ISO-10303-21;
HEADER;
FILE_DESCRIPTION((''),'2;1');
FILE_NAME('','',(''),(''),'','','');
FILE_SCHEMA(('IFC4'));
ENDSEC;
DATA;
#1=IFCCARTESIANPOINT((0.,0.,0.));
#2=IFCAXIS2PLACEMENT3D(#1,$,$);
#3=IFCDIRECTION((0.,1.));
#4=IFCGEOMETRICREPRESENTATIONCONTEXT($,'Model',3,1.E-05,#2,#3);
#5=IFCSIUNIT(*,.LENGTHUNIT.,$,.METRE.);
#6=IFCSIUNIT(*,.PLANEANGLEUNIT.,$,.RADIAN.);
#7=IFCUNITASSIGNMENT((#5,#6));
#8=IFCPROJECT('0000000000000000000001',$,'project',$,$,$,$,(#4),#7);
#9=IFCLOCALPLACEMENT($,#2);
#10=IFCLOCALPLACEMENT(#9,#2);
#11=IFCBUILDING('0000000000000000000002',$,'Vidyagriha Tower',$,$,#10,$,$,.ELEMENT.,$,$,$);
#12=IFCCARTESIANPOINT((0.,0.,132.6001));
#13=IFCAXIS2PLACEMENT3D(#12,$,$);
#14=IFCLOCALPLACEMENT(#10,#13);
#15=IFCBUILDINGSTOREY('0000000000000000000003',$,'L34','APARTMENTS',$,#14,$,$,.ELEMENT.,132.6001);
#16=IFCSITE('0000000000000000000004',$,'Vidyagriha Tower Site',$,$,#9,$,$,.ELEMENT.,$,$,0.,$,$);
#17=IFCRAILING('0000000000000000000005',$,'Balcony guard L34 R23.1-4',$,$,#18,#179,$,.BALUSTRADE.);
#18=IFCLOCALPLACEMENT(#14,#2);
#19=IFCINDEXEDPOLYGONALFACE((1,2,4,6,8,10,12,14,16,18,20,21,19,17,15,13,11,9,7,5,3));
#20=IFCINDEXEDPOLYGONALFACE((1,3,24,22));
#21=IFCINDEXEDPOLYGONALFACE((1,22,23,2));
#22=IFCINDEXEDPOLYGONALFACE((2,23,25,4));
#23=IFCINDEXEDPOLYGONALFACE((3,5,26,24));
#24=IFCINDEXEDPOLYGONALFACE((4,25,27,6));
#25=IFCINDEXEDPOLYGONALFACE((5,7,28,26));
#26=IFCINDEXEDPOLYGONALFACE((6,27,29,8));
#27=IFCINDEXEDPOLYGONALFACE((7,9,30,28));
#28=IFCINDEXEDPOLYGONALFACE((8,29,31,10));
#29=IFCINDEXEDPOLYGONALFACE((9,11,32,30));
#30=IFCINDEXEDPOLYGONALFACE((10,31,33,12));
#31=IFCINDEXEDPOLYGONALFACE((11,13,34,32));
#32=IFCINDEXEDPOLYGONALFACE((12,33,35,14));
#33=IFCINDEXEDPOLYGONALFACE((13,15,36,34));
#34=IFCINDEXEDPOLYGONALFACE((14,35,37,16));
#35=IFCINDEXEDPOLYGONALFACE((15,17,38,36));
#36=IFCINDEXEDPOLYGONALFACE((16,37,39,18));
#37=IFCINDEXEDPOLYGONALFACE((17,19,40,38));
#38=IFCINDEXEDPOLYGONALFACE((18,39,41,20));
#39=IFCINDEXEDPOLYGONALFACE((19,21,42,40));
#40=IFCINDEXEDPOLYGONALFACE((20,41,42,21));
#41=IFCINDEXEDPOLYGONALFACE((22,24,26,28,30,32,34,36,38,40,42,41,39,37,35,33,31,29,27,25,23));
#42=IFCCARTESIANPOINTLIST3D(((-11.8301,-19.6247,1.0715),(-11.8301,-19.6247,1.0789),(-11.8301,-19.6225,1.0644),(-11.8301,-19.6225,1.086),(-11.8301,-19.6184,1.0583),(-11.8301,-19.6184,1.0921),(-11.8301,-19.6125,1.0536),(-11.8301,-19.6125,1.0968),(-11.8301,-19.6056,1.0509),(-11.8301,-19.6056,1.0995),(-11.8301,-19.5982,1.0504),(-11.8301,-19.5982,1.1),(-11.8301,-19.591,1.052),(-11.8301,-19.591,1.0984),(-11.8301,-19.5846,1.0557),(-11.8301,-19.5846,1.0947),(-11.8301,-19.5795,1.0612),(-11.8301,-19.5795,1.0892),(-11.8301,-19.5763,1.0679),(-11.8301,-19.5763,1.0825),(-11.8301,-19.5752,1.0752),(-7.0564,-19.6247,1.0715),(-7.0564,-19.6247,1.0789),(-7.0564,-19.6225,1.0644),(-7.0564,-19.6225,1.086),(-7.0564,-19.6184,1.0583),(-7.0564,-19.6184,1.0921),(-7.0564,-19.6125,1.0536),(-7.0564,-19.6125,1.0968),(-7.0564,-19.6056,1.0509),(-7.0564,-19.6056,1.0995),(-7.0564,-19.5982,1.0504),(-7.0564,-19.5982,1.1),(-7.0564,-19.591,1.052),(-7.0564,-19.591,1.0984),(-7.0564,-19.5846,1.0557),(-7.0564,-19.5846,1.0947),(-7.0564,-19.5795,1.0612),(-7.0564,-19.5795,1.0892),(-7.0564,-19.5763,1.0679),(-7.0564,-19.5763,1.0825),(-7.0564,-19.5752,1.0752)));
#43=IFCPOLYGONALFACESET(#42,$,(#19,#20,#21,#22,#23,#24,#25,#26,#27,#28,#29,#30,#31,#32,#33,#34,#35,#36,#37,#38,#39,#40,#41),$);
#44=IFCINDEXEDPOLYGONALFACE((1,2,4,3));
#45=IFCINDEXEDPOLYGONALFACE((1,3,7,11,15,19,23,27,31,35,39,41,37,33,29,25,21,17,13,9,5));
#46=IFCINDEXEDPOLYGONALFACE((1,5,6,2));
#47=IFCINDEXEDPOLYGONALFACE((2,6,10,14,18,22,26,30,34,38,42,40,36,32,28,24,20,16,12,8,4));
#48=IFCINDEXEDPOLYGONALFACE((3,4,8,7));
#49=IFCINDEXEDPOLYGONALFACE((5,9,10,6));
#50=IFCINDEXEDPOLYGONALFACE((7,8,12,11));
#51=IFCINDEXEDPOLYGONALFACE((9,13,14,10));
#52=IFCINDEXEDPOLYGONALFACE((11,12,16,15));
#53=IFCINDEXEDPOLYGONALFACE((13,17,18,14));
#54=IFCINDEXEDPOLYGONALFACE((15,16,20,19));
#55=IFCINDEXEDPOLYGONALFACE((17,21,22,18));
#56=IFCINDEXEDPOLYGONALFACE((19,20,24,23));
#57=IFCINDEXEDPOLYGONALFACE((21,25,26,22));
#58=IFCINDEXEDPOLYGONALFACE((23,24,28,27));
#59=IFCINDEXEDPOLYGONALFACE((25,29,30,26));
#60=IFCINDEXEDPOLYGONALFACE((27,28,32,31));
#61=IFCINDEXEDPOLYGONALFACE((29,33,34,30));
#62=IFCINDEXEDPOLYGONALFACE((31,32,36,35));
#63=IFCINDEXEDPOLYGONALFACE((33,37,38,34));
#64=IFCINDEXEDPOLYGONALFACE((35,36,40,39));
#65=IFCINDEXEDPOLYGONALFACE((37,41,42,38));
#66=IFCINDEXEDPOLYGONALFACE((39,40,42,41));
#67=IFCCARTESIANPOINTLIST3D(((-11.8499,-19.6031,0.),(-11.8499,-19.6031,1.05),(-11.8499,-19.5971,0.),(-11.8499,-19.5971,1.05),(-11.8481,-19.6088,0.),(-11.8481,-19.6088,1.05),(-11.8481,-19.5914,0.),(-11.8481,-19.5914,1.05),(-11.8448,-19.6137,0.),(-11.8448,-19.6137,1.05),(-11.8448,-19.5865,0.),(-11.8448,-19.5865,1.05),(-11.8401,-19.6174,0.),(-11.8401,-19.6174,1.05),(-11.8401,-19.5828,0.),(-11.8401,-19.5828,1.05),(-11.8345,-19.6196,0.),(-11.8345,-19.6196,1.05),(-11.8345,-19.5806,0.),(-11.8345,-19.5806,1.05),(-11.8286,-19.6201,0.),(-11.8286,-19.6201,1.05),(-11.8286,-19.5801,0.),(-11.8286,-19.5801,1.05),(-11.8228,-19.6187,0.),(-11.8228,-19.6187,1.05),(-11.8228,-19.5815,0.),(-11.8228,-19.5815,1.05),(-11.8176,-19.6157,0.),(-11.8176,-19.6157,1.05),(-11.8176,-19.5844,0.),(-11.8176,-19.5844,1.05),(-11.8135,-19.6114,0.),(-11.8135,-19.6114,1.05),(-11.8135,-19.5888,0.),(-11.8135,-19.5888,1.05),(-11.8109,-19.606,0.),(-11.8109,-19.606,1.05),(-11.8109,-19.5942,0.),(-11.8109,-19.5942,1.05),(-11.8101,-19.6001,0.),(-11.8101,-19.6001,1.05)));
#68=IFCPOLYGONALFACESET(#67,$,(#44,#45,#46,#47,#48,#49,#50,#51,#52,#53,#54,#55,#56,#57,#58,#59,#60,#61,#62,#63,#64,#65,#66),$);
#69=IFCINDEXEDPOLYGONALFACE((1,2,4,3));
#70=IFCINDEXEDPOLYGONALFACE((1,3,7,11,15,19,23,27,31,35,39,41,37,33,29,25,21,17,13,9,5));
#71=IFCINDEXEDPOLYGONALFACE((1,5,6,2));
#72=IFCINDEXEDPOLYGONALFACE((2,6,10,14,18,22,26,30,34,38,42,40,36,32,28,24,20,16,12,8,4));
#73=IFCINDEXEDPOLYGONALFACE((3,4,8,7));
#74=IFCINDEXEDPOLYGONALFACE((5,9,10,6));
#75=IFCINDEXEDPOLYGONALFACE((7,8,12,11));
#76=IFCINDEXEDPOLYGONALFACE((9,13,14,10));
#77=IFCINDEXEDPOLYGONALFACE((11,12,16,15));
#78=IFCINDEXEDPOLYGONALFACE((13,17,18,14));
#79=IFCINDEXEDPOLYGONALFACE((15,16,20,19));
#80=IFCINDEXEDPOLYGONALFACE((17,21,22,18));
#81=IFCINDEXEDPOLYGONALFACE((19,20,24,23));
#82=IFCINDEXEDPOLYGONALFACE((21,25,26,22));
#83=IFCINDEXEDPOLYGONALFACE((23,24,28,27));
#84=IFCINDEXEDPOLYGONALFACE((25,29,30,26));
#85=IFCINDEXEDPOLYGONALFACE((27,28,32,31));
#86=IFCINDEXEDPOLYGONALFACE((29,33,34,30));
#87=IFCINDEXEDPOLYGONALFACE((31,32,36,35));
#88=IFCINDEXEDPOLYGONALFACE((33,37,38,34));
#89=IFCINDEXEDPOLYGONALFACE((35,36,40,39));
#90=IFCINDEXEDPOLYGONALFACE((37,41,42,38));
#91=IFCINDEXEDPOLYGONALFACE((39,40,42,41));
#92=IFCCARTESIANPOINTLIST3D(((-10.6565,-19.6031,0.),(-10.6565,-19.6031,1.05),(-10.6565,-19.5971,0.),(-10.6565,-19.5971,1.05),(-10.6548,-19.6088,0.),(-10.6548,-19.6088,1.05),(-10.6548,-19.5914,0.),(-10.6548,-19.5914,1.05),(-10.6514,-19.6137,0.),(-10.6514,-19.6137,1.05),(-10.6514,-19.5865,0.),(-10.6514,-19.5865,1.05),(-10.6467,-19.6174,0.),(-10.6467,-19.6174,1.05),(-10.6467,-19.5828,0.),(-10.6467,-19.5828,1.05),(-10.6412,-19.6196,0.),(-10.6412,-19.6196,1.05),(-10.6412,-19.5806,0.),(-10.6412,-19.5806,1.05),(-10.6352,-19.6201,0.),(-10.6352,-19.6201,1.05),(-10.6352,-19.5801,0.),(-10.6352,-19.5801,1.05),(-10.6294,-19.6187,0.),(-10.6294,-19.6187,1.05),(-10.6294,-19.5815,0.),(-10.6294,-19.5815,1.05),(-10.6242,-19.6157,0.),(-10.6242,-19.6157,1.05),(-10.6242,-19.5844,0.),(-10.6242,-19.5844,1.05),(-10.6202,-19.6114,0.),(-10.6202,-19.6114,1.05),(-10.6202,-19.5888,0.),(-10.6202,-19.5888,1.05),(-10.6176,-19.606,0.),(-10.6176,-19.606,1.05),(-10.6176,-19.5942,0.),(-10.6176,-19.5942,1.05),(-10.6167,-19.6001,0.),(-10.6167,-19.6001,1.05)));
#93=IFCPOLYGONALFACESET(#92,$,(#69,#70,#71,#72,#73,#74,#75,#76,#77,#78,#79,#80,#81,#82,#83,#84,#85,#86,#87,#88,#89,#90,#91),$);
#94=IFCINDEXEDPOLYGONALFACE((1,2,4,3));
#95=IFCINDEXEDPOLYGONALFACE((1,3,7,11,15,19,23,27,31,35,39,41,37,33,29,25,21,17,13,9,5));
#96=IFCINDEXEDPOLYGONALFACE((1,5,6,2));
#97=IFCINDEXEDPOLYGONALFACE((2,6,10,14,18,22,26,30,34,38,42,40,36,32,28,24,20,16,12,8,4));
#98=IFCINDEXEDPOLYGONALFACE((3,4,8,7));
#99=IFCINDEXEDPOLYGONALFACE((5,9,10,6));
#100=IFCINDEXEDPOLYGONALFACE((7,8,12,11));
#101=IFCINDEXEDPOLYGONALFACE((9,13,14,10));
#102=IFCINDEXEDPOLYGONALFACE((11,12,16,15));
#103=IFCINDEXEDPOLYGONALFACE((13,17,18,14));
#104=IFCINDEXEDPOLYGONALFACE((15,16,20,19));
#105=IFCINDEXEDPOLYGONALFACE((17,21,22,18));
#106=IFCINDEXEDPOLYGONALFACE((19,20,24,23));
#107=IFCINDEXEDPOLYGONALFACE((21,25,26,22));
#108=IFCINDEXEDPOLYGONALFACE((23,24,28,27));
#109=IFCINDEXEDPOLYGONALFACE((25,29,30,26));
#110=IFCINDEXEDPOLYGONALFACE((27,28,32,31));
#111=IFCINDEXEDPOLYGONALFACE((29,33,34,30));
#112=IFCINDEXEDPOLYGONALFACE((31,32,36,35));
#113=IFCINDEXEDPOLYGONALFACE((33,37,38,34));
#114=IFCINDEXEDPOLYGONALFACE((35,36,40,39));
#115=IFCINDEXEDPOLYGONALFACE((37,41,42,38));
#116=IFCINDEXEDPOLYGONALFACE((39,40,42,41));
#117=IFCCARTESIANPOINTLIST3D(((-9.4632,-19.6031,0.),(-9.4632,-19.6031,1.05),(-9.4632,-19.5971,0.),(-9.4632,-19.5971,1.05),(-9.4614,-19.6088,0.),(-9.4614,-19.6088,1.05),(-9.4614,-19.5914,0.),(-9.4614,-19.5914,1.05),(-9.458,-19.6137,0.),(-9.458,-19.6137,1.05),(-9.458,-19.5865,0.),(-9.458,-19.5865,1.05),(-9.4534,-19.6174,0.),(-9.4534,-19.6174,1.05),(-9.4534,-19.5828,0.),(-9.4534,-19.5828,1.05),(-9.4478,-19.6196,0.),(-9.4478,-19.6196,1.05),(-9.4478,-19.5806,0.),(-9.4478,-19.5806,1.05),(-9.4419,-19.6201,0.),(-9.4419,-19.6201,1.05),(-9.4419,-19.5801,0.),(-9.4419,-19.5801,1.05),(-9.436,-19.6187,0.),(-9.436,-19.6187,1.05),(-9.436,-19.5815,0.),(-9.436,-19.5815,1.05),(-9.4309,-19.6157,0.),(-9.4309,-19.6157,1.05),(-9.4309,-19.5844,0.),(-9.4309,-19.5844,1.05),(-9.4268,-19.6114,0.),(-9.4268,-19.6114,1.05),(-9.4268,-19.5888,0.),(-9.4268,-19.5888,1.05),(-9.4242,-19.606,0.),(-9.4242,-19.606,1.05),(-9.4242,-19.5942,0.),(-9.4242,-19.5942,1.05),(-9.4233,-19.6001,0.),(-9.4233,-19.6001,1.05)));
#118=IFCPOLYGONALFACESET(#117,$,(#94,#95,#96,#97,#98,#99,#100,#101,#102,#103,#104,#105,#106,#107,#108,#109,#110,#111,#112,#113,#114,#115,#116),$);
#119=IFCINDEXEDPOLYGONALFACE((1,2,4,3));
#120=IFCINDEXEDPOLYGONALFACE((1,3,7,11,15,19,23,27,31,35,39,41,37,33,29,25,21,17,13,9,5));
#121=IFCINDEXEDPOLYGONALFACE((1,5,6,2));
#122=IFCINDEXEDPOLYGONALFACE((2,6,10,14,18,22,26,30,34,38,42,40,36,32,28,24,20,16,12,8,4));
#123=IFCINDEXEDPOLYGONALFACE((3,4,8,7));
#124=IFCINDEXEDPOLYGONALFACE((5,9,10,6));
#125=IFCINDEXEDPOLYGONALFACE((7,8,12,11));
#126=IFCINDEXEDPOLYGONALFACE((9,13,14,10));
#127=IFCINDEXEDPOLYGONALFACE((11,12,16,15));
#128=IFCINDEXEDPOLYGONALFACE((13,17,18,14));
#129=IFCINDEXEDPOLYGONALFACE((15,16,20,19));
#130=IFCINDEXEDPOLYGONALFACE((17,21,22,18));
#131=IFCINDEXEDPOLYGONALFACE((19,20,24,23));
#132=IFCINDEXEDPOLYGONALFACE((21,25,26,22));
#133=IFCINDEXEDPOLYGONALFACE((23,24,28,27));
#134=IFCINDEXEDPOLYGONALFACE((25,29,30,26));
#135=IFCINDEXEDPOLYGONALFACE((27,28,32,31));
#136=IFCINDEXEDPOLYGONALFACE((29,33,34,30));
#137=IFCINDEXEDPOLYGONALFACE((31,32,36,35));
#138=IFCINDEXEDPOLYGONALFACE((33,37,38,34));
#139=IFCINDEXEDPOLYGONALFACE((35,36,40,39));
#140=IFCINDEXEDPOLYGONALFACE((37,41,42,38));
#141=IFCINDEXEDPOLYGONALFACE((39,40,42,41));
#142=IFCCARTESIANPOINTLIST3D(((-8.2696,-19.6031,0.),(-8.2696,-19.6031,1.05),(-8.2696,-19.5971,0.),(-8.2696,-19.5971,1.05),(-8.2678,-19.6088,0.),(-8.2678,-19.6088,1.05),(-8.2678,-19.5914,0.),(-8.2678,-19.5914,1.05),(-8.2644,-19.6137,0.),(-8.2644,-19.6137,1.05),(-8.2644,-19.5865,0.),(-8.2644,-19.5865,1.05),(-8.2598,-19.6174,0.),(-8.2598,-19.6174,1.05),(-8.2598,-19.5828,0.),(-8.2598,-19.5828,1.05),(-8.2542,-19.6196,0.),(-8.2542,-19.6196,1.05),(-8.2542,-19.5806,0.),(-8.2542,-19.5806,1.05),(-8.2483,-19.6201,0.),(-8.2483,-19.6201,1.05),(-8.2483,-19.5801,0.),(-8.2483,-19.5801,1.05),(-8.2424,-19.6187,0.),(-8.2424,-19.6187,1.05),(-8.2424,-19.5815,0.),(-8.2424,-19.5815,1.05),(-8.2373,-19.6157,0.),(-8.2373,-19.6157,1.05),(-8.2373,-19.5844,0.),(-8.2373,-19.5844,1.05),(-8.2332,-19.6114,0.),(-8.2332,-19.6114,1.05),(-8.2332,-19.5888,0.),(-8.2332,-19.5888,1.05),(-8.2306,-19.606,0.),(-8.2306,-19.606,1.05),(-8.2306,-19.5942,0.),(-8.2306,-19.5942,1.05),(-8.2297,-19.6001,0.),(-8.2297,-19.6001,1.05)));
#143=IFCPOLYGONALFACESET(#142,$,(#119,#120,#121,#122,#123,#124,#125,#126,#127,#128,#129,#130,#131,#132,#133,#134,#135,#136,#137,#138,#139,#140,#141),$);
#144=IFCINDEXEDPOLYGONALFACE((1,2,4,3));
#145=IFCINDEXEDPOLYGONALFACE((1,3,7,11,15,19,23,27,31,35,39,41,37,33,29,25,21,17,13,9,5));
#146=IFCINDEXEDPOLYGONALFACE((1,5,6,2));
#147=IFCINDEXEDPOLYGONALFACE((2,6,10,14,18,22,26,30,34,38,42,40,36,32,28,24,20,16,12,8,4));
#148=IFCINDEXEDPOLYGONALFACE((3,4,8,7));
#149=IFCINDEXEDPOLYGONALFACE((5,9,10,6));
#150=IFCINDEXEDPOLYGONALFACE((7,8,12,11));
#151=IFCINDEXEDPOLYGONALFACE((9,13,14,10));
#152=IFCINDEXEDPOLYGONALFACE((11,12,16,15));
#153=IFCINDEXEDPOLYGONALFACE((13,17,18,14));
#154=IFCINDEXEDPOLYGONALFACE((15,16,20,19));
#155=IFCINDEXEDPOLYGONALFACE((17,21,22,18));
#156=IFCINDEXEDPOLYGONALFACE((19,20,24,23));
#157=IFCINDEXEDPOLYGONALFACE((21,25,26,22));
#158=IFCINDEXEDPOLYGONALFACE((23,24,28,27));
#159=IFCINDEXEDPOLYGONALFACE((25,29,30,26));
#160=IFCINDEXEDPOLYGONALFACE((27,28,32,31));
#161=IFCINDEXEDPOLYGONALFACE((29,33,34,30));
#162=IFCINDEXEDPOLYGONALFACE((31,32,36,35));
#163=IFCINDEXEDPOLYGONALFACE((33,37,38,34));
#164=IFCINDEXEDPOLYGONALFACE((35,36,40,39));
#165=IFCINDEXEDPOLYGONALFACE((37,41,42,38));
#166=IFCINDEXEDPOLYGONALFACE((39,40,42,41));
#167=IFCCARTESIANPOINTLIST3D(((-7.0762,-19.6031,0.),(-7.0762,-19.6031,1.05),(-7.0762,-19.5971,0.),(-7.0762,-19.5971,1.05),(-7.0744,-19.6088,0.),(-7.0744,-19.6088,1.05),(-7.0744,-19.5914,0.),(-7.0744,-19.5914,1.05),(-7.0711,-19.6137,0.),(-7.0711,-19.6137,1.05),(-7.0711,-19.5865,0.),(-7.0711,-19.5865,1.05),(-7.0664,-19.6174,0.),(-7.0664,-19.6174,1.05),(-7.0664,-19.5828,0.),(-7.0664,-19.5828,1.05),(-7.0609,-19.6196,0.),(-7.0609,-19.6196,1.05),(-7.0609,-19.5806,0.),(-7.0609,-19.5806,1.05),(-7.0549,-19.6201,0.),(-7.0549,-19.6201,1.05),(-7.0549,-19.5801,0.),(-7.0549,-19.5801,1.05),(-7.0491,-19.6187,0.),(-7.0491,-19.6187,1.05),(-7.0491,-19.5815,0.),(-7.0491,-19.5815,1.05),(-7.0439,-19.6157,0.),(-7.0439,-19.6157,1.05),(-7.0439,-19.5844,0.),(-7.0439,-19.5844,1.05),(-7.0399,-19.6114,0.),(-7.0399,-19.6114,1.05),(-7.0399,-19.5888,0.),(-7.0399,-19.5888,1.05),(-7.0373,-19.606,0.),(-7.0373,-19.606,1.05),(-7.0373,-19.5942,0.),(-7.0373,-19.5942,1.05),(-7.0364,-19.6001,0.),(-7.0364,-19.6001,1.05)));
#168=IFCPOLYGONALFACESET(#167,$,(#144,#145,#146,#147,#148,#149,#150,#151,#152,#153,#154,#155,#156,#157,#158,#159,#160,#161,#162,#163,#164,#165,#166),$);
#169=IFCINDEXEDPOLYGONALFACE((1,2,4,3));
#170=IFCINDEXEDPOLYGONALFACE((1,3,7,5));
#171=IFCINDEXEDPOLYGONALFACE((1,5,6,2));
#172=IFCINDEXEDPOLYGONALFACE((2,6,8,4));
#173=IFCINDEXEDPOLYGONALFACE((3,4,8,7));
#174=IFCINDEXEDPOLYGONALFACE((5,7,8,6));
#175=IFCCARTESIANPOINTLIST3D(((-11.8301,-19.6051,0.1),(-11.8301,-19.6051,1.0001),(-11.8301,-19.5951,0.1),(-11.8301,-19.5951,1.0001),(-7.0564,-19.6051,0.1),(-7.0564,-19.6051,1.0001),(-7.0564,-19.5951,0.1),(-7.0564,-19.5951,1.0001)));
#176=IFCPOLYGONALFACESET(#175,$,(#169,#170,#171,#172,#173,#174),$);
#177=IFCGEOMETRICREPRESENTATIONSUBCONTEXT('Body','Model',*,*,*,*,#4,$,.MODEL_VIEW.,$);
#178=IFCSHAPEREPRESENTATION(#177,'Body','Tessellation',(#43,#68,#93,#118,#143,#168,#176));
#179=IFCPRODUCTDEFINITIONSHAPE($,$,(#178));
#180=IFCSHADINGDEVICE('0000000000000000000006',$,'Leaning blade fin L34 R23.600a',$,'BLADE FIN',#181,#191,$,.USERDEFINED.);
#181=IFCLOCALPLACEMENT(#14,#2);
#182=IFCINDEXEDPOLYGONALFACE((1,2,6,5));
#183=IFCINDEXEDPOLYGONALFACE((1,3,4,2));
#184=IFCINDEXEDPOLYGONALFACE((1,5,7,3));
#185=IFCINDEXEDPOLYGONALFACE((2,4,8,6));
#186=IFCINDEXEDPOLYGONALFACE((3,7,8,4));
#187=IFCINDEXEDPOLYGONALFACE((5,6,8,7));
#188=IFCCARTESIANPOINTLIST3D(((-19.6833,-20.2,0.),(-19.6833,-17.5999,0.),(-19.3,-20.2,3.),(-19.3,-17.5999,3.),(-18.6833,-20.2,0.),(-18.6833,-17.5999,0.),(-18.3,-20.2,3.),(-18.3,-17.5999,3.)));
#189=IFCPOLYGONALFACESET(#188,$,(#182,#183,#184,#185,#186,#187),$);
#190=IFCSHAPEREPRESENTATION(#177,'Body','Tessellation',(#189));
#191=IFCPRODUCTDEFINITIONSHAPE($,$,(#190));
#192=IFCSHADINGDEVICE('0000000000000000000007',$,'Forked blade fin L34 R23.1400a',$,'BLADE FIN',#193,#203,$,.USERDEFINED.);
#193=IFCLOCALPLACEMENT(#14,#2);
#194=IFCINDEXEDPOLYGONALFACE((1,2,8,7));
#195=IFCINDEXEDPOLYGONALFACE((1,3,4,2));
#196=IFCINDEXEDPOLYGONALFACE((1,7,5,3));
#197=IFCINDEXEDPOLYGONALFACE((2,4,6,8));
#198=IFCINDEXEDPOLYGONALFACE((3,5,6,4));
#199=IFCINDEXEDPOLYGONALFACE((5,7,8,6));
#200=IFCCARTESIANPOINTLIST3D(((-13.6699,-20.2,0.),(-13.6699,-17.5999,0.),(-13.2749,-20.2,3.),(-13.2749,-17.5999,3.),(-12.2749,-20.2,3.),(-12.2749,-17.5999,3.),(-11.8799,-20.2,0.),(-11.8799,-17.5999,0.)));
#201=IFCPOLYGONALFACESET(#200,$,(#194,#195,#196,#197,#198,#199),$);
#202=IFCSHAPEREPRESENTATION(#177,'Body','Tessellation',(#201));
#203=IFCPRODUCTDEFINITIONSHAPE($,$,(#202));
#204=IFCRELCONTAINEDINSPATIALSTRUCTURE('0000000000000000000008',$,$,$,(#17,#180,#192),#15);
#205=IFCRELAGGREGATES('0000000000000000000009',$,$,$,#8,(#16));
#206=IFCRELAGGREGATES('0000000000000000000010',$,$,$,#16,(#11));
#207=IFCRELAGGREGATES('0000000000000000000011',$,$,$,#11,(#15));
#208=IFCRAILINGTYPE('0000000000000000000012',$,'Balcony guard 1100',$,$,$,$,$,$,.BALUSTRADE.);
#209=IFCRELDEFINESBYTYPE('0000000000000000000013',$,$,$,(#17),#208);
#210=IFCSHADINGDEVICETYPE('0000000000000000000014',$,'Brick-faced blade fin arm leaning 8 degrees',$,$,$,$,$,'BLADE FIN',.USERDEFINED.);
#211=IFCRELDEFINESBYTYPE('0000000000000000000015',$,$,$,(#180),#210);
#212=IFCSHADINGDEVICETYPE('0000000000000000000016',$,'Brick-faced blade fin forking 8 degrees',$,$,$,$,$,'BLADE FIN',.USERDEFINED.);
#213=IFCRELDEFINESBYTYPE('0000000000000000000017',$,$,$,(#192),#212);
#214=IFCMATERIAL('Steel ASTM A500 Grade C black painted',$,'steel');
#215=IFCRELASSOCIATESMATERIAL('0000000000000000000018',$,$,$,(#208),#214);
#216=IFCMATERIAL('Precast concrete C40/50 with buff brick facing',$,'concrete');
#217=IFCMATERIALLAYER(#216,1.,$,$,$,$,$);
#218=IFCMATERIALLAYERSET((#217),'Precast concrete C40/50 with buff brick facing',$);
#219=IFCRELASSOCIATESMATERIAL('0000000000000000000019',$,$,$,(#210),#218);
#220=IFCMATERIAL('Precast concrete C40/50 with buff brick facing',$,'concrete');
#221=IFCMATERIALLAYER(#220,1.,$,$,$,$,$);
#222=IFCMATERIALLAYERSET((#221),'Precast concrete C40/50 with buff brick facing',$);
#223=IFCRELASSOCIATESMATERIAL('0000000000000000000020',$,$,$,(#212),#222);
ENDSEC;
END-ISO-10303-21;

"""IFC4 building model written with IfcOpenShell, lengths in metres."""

from ifc_helpers import new_model, si_unit, direction, frame, origin, origin_2d, place, context, subcontext, project, spatial, polyline, rectangle, circle, outline, extrude, material, layer, layer_set, type_object, element, save


model = new_model("IFC4")

# Units and contexts
model_context = context("Model", 3, precision=1e-05, world=origin(), true_north=direction((0.0, 1.0)))
body_context = subcontext(model_context, "Body", "Model", "MODEL_VIEW")
ifc_project = project(units=[si_unit("LENGTHUNIT", "METRE"), si_unit("PLANEANGLEUNIT", "RADIAN")], contexts=[model_context])

# Site, building, storey
site_placement = place(None, origin())
site = spatial("IfcSite", under=ifc_project, at=site_placement, Name="Vidyagriha Tower Site", CompositionType="ELEMENT", RefElevation=0.0)
building_placement = place(site_placement, origin())
building = spatial("IfcBuilding", under=site, at=building_placement, Name="Vidyagriha Tower", CompositionType="ELEMENT")
storey_placement = place(building_placement, frame((0.0, 0.0, 132.6001)))
storey = spatial("IfcBuildingStorey", under=building, at=storey_placement, Name="L34", Description="APARTMENTS", CompositionType="ELEMENT", Elevation=132.6001)

# Railing
ifc_material_1 = material(Name="Steel ASTM A500 Grade C black painted", Category="steel")
railing_type = type_object("IfcRailingType", Name="Balcony guard 1100", PredefinedType="BALUSTRADE", material=ifc_material_1)
railing_1_placement = place(storey_placement, frame((-11.8301, -19.6001, 0.0)))
element("IfcRailing", 1, at=railing_1_placement, inside=storey, type_object=railing_type, Name="Balcony guard L34 R23.1-4", PredefinedType="BALUSTRADE", context=body_context, shape_type="SweptSolid", body=[
    extrude(circle(Radius=0.0249, at=origin_2d()), frame((0.0, 0.0, 1.0752), z_axis=(1.0, 0.0, 0.0), x_axis=(0.0, 1.0, 0.0)), (0.0, 0.0, 1.0), 4.7737),
    extrude(circle(Radius=0.02, at=origin_2d()), origin(), (0.0, 0.0, 1.0), 1.05),
    extrude(circle(Radius=0.02, at=origin_2d()), frame((1.1934, 0.0, 0.0)), (0.0, 0.0, 1.0), 1.05),
    extrude(circle(Radius=0.02, at=origin_2d()), frame((2.3867, 0.0, 0.0)), (0.0, 0.0, 1.0), 1.05),
    extrude(circle(Radius=0.02, at=origin_2d()), frame((3.5803, 0.0, 0.0)), (0.0, 0.0, 1.0), 1.05),
    extrude(circle(Radius=0.02, at=origin_2d()), frame((4.7737, 0.0, 0.0)), (0.0, 0.0, 1.0), 1.05),
    extrude(rectangle(XDim=0.01, YDim=0.9001, at=origin_2d()), frame((0.0, 0.0, 0.55), z_axis=(1.0, 0.0, 0.0), x_axis=(0.0, 1.0, 0.0)), (0.0, 0.0, 1.0), 4.7737),
])

# Shading devices
ifc_material_2 = material(Name="Precast concrete C40/50 with buff brick facing", Category="concrete")
ifc_layer_1 = layer(ifc_material_2, 1.0)
ifc_layer_set_1 = layer_set([ifc_layer_1], Name="Precast concrete C40/50 with buff brick facing")
shading_device_type_1 = type_object("IfcShadingDeviceType", Name="Brick-faced blade fin arm leaning 8 degrees", ElementType="BLADE FIN", PredefinedType="USERDEFINED", material=ifc_layer_set_1)
shading_device_1_placement = place(storey_placement, frame((-19.6833, -18.8999, 0.0)))
element("IfcShadingDevice", 2, at=shading_device_1_placement, inside=storey, type_object=shading_device_type_1, Name="Leaning blade fin L34 R23.600a", ObjectType="BLADE FIN", PredefinedType="USERDEFINED", context=body_context, shape_type="SweptSolid", body=[
    extrude(outline(polyline([(0.0, 0.0), (1.0, 0.0), (1.3833, 3.0), (0.3833, 3.0), (0.0, 0.0)])), frame((0.0, 1.3, 0.0), z_axis=(0.0, -1.0, 0.0), x_axis=(1.0, 0.0, 0.0)), (0.0, 0.0, 1.0), 2.6001),
])
ifc_material_3 = material(Name="Precast concrete C40/50 with buff brick facing", Category="concrete")
ifc_layer_2 = layer(ifc_material_3, 1.0)
ifc_layer_set_2 = layer_set([ifc_layer_2], Name="Precast concrete C40/50 with buff brick facing")
shading_device_type_2 = type_object("IfcShadingDeviceType", Name="Brick-faced blade fin forking 8 degrees", ElementType="BLADE FIN", PredefinedType="USERDEFINED", material=ifc_layer_set_2)
shading_device_2_placement = place(storey_placement, frame((-13.6699, -18.8999, 0.0)))
element("IfcShadingDevice", 3, at=shading_device_2_placement, inside=storey, type_object=shading_device_type_2, Name="Forked blade fin L34 R23.1400a", ObjectType="BLADE FIN", PredefinedType="USERDEFINED", context=body_context, shape_type="SweptSolid", body=[
    extrude(outline(polyline([(0.0, 0.0), (1.79, 0.0), (1.395, 3.0), (0.395, 3.0), (0.0, 0.0)])), frame((0.0, 1.3, 0.0), z_axis=(0.0, -1.0, 0.0), x_axis=(1.0, 0.0, 0.0)), (0.0, 0.0, 1.0), 2.6001),
])

save(model, "model.ifc")
